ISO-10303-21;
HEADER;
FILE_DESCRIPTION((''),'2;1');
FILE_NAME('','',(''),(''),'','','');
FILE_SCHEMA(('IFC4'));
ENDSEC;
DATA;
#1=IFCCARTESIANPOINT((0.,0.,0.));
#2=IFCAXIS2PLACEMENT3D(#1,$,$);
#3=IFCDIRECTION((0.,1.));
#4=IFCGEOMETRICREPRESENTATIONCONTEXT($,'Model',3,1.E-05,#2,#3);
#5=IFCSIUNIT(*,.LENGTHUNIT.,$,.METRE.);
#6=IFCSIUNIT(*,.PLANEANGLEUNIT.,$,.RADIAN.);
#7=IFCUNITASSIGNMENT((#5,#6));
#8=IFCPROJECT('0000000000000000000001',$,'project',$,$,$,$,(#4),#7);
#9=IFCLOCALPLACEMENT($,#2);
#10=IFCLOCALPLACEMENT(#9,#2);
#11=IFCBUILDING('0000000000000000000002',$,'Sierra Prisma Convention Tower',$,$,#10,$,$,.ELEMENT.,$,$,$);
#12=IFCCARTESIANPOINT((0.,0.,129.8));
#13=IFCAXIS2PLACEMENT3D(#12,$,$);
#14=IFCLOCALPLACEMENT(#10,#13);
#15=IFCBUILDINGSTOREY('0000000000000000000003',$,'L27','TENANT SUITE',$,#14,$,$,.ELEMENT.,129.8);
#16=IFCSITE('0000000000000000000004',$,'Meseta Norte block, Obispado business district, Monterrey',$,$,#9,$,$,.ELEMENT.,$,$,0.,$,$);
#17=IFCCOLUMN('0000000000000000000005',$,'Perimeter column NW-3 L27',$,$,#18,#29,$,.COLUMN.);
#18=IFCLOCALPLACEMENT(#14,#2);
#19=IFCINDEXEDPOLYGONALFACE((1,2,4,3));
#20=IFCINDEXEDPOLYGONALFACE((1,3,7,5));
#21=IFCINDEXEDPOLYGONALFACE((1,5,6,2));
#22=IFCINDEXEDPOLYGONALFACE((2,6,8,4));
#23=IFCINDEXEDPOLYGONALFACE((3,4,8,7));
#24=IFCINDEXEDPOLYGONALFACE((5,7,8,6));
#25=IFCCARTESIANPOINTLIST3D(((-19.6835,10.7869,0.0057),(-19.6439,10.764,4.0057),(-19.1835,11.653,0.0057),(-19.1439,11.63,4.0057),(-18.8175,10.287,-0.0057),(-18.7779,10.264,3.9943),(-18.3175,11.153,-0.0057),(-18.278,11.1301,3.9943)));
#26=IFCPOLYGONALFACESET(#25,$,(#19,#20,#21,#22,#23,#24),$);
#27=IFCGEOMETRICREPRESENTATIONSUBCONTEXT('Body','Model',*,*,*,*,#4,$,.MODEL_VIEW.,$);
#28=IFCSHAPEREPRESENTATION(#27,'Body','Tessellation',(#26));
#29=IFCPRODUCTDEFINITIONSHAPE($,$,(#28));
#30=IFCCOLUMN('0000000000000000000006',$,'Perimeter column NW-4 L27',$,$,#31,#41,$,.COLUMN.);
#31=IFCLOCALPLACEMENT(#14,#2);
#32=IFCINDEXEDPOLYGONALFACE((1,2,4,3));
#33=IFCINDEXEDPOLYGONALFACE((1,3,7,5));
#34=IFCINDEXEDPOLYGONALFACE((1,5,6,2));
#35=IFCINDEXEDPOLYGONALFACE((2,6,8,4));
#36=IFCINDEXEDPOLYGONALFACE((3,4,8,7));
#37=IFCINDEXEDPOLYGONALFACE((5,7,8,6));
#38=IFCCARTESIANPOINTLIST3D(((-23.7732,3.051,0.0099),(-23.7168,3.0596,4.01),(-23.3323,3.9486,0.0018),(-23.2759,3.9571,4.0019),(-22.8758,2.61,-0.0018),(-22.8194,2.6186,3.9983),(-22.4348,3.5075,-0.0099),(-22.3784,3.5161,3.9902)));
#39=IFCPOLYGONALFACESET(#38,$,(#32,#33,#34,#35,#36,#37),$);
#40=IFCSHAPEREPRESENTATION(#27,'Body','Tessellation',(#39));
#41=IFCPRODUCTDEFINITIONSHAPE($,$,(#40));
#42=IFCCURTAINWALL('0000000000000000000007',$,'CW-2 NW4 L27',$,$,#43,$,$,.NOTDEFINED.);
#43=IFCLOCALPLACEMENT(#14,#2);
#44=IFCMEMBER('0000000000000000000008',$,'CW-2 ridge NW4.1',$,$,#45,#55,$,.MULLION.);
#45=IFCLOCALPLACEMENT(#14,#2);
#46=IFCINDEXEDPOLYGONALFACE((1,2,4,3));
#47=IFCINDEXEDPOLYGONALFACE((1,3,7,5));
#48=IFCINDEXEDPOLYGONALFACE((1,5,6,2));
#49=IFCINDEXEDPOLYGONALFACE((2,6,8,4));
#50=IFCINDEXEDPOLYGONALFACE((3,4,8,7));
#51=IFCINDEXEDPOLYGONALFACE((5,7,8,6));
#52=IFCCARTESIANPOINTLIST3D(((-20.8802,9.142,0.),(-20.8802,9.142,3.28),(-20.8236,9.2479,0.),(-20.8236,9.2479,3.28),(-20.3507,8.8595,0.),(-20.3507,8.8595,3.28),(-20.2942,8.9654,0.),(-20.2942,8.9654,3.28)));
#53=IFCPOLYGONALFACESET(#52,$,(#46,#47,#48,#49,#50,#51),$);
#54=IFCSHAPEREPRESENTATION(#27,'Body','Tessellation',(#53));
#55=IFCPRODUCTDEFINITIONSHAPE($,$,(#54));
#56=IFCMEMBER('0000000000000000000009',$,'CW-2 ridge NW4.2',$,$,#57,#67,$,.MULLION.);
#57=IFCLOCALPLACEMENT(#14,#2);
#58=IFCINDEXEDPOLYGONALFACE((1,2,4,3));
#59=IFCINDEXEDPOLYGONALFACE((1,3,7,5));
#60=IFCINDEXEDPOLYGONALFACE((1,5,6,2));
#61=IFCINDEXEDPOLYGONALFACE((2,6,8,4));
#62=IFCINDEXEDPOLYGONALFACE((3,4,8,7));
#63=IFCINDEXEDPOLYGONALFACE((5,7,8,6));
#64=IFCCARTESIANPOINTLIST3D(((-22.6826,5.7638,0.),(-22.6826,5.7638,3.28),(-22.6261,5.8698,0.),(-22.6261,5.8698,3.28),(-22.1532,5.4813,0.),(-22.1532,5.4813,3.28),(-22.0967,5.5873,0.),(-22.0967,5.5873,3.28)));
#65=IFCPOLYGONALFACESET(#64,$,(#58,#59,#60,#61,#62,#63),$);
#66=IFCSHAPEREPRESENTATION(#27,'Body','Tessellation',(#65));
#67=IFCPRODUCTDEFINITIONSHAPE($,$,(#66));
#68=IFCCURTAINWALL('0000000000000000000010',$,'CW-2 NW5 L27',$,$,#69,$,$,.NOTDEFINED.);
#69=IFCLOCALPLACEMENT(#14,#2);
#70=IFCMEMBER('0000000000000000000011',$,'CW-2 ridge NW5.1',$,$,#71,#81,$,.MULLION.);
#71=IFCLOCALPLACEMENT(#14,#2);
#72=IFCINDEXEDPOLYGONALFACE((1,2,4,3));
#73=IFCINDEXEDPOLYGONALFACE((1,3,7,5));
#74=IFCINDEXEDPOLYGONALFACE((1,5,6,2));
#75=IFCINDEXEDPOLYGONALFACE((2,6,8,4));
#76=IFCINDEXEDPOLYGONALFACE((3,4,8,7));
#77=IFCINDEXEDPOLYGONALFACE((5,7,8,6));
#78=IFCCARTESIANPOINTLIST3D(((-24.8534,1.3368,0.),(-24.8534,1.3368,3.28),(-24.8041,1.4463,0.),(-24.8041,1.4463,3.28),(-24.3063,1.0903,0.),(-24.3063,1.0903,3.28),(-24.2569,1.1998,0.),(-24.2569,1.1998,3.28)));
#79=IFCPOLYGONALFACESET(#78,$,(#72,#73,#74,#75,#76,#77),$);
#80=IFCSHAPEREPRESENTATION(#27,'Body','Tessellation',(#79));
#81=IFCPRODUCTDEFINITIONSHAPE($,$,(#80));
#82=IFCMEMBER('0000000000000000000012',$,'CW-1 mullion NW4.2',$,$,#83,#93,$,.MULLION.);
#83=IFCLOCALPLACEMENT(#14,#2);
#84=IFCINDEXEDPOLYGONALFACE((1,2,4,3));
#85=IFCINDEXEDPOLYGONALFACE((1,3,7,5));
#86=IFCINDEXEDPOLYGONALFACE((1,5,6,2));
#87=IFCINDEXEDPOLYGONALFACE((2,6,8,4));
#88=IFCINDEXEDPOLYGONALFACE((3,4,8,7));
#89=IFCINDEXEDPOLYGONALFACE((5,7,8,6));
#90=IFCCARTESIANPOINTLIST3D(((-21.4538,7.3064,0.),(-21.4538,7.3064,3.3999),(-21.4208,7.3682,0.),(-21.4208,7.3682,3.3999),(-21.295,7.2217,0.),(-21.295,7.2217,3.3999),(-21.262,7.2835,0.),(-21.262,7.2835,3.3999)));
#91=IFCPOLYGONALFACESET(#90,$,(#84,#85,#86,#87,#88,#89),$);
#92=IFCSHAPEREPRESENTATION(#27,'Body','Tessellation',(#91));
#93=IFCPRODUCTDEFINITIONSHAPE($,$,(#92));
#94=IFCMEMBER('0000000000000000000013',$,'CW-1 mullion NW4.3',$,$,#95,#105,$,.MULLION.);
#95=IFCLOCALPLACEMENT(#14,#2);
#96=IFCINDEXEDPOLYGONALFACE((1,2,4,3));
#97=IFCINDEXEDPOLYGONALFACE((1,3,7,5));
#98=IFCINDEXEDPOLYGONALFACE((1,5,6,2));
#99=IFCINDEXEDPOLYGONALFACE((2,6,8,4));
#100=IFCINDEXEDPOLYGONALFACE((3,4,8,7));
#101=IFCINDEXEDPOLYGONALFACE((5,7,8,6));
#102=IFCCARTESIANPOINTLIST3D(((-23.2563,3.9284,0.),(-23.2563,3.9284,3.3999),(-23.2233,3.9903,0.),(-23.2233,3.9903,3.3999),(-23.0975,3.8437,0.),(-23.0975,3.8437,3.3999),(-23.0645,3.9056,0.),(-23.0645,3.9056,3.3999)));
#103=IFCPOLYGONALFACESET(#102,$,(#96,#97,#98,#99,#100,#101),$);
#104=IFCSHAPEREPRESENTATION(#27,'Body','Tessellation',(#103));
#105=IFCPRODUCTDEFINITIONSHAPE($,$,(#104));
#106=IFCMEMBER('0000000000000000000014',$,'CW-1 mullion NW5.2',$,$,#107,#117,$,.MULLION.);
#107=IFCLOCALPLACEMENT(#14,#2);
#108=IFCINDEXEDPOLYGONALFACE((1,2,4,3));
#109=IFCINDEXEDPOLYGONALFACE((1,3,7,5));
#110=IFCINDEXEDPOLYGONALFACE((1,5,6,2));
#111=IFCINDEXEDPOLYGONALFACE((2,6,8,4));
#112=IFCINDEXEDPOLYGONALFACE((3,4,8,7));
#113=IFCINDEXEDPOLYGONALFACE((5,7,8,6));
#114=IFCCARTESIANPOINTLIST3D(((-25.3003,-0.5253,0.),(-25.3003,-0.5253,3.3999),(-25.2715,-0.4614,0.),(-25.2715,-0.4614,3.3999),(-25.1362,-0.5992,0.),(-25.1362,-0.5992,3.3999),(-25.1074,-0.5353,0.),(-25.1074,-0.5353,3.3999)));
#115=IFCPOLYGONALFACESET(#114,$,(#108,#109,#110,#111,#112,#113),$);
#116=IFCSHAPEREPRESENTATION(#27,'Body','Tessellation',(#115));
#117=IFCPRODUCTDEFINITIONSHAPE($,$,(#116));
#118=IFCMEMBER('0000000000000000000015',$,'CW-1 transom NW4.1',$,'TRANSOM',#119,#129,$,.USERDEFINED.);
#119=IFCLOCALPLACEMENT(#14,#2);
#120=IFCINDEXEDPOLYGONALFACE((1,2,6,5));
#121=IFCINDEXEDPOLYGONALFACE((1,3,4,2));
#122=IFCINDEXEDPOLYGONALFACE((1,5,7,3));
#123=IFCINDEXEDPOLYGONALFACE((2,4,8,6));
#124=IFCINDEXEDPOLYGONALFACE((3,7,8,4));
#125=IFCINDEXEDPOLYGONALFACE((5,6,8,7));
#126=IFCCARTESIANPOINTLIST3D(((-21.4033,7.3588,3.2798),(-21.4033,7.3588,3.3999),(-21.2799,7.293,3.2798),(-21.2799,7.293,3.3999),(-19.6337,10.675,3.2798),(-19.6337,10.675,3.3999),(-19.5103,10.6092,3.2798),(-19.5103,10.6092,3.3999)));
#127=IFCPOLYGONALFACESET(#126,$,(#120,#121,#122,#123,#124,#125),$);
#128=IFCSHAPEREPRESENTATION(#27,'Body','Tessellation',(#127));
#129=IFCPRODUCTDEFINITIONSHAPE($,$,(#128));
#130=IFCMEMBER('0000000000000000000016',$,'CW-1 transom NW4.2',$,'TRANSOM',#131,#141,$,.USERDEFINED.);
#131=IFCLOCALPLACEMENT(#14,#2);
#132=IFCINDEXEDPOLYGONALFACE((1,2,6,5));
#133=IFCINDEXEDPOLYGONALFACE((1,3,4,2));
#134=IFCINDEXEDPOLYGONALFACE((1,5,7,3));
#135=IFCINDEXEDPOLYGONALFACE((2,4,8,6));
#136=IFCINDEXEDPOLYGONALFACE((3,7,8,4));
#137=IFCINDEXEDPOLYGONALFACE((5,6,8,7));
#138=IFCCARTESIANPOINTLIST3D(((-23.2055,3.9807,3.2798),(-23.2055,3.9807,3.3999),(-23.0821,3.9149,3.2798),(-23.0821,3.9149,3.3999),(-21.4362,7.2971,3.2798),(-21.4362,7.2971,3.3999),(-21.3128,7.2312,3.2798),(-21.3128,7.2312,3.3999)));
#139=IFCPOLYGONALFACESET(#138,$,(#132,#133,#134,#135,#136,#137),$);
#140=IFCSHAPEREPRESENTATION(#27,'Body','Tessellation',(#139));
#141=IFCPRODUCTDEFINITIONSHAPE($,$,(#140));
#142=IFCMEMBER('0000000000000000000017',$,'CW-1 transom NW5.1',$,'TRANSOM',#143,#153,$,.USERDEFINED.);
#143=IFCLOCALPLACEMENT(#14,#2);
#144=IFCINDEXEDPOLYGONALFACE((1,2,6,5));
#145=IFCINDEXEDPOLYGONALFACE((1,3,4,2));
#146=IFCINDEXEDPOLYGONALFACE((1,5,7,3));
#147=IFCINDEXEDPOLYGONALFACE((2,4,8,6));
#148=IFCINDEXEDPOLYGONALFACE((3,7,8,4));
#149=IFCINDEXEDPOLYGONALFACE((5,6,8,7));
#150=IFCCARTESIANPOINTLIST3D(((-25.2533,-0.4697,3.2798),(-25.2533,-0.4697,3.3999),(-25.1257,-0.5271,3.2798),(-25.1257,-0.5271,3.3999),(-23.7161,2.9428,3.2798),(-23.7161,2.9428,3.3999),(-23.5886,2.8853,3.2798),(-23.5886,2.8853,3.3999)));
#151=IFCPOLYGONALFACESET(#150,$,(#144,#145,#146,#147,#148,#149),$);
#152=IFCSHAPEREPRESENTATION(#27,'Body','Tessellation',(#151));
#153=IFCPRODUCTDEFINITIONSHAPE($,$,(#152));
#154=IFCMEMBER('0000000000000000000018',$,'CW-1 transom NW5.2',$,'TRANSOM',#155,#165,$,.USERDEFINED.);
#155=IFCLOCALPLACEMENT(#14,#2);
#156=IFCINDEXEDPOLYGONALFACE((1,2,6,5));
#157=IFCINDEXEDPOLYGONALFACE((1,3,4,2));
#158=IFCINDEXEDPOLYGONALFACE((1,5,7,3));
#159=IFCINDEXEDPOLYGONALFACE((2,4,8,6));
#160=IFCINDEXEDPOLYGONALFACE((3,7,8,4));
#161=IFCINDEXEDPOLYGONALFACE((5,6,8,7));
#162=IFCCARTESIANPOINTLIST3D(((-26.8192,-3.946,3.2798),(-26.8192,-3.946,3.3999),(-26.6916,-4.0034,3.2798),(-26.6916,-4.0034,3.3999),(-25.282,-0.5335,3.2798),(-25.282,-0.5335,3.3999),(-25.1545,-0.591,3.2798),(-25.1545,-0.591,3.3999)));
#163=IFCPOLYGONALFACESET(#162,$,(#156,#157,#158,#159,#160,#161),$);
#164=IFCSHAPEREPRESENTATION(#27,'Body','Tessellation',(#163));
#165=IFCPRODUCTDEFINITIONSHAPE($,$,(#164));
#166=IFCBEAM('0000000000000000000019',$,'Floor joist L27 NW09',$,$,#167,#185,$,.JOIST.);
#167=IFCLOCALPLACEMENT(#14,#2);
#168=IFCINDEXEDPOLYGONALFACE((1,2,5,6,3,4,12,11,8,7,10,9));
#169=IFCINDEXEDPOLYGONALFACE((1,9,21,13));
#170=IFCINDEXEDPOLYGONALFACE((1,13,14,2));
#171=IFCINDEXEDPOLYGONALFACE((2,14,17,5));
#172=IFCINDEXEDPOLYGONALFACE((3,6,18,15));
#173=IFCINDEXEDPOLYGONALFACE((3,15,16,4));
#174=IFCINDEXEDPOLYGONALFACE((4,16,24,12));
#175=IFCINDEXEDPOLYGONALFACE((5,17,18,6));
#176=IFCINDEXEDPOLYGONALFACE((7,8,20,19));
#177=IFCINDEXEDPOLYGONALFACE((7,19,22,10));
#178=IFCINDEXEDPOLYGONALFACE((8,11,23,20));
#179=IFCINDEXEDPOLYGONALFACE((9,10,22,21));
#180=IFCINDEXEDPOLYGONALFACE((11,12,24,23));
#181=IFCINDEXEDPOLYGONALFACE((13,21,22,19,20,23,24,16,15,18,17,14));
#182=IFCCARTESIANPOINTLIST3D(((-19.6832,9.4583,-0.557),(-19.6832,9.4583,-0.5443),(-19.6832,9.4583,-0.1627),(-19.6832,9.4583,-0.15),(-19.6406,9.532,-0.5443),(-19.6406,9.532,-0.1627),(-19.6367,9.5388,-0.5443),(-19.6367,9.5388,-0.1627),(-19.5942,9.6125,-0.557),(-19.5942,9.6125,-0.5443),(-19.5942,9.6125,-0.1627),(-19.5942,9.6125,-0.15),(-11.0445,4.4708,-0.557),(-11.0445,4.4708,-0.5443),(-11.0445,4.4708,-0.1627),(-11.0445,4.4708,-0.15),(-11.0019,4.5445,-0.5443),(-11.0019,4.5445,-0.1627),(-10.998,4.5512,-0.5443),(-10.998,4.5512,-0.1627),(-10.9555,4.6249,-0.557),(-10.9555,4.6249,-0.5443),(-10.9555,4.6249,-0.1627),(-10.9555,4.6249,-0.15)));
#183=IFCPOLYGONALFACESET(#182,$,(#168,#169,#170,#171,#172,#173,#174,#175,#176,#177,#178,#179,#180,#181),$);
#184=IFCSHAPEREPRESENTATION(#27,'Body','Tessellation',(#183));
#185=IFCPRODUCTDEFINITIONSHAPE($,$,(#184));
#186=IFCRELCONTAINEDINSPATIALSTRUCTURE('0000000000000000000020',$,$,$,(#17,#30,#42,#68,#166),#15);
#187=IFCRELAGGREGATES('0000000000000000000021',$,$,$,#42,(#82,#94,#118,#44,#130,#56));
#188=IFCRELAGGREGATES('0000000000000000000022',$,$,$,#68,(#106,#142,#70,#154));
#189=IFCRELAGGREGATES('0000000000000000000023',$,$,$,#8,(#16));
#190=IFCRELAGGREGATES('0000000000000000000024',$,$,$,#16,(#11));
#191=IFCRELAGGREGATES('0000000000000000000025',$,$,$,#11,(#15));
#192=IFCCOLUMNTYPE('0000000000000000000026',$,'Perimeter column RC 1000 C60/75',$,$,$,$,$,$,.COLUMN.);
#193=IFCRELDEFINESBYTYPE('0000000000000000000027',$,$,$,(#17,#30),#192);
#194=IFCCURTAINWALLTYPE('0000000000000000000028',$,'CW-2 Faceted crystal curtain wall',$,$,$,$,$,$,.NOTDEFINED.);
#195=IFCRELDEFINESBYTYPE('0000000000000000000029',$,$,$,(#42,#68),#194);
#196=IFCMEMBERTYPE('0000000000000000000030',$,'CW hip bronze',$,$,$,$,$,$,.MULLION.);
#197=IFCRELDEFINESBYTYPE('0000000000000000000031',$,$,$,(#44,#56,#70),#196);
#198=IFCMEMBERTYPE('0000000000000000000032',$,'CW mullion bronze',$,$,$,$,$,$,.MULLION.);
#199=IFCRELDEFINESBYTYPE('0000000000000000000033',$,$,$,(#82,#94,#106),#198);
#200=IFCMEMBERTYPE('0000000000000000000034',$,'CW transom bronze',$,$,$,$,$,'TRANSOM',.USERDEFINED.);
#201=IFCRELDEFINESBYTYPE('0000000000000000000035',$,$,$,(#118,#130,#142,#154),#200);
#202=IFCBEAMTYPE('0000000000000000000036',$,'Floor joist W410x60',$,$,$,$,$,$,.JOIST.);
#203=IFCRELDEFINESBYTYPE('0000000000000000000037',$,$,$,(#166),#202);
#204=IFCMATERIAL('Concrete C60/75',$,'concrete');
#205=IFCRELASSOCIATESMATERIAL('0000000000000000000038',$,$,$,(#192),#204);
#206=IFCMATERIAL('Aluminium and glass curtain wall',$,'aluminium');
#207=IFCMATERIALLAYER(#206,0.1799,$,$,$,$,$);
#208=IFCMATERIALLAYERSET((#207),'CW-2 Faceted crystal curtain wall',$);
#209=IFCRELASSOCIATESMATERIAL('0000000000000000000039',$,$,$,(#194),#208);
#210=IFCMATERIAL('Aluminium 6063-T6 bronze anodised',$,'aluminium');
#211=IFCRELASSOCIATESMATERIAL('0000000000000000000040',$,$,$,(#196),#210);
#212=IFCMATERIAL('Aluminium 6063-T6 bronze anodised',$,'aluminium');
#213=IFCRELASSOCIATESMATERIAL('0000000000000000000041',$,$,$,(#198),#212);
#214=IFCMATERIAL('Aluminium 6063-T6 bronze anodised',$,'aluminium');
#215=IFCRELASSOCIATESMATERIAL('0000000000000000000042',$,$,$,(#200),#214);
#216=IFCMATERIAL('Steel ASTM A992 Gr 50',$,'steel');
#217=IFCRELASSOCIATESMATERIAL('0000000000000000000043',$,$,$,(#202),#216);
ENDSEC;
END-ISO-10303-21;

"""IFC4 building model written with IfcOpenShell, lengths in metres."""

from ifc_helpers import new_model, si_unit, direction, frame, origin, origin_2d, place, context, subcontext, project, spatial, rectangle, i_section, extrude, material, layer, layer_set, material_profile, profile_set, type_object, element, aggregate, save


model = new_model("IFC4")

# Units and contexts
model_context = context("Model", 3, precision=1e-05, world=origin(), true_north=direction((0.0, 1.0)))
body_context = subcontext(model_context, "Body", "Model", "MODEL_VIEW")
ifc_project = project(units=[si_unit("LENGTHUNIT", "METRE"), si_unit("PLANEANGLEUNIT", "RADIAN")], contexts=[model_context])

# Site, building, storey
site_placement = place(None, origin())
site = spatial("IfcSite", under=ifc_project, at=site_placement, Name="Meseta Norte block, Obispado business district, Monterrey", CompositionType="ELEMENT", RefElevation=0.0)
building_placement = place(site_placement, origin())
building = spatial("IfcBuilding", under=site, at=building_placement, Name="Sierra Prisma Convention Tower", CompositionType="ELEMENT")
storey_placement = place(building_placement, frame((0.0, 0.0, 129.8)))
storey = spatial("IfcBuildingStorey", under=building, at=storey_placement, Name="L27", Description="TENANT SUITE", CompositionType="ELEMENT", Elevation=129.8)

# Columns
ifc_material_1 = material(Name="Concrete C60/75", Category="concrete")
ifc_material_profile_1 = material_profile(ifc_material_1, rectangle(XDim=1.0, YDim=1.0, at=origin_2d()), Name="Perimeter column RC 1000 C60/75")
ifc_profile_set_1 = profile_set([ifc_material_profile_1], Name="Concrete C60/75")
column_type = type_object("IfcColumnType", Name="Perimeter column RC 1000 C60/75", PredefinedType="COLUMN", material=ifc_profile_set_1)
column_1_placement = place(storey_placement, frame((-19.0005, 10.97, 0.0), z_axis=(0.009887, -0.005737, 0.999935), x_axis=(0.499976, 0.86604, 0.000025)))
element("IfcColumn", 1, at=column_1_placement, inside=storey, type_object=column_type, Name="Perimeter column NW-3 L27", PredefinedType="COLUMN", context=body_context, shape_type="SweptSolid", body=[
    extrude(rectangle(XDim=1.0, YDim=1.0, at=origin_2d()), origin(), (0.0, 0.0, 1.0), 4.0002),
])
column_2_placement = place(storey_placement, frame((-23.104, 3.2793, 0.0), z_axis=(0.014098, 0.002136, 0.999898), x_axis=(0.440934, 0.897503, -0.008134)))
element("IfcColumn", 2, at=column_2_placement, inside=storey, type_object=column_type, Name="Perimeter column NW-4 L27", PredefinedType="COLUMN", context=body_context, shape_type="SweptSolid", body=[
    extrude(rectangle(XDim=1.0, YDim=1.0, at=origin_2d()), origin(), (0.0, 0.0, 1.0), 4.0005),
])

# Curtain wall, members
ifc_material_2 = material(Name="Aluminium and glass curtain wall", Category="aluminium")
ifc_layer_1 = layer(ifc_material_2, 0.1799)
ifc_layer_set_1 = layer_set([ifc_layer_1], Name="CW-2 Faceted crystal curtain wall")
curtain_wall_type = type_object("IfcCurtainWallType", Name="CW-2 Faceted crystal curtain wall", PredefinedType="NOTDEFINED", material=ifc_layer_set_1)
curtain_wall_1_placement = place(storey_placement, origin())
curtain_wall_1 = element("IfcCurtainWall", 3, at=curtain_wall_1_placement, inside=storey, type_object=curtain_wall_type, Name="CW-2 NW4 L27", PredefinedType="NOTDEFINED")
ifc_material_3 = material(Name="Aluminium 6063-T6 bronze anodised", Category="aluminium")
ifc_material_profile_2 = material_profile(ifc_material_3, rectangle(XDim=0.1201, YDim=0.6001, at=origin_2d()), Name="ALU RIDGE BLADE 120x600")
ifc_profile_set_2 = profile_set([ifc_material_profile_2], Name="Aluminium 6063-T6 bronze anodised")
member_type_1 = type_object("IfcMemberType", Name="CW hip bronze", PredefinedType="MULLION", material=ifc_profile_set_2)
member_1_placement = place(storey_placement, frame((-20.5872, 9.0537, 0.0), z_axis=(0.0, 0.0, 1.0), x_axis=(-0.470752, -0.882265, 0.0)))
member_1 = element("IfcMember", 4, at=member_1_placement, type_object=member_type_1, Name="CW-2 ridge NW4.1", PredefinedType="MULLION", context=body_context, shape_type="SweptSolid", body=[
    extrude(rectangle(XDim=0.1201, YDim=0.6001, at=origin_2d()), origin(), (0.0, 0.0, 1.0), 3.28),
])
member_2_placement = place(storey_placement, frame((-22.3896, 5.6755, 0.0), z_axis=(0.0, 0.0, 1.0), x_axis=(-0.470752, -0.882265, 0.0)))
member_2 = element("IfcMember", 5, at=member_2_placement, type_object=member_type_1, Name="CW-2 ridge NW4.2", PredefinedType="MULLION", context=body_context, shape_type="SweptSolid", body=[
    extrude(rectangle(XDim=0.1201, YDim=0.6001, at=origin_2d()), origin(), (0.0, 0.0, 1.0), 3.28),
])

# Curtain wall, member
curtain_wall_2_placement = place(storey_placement, origin())
curtain_wall_2 = element("IfcCurtainWall", 6, at=curtain_wall_2_placement, inside=storey, type_object=curtain_wall_type, Name="CW-2 NW5 L27", PredefinedType="NOTDEFINED")
member_3_placement = place(storey_placement, frame((-24.5552, 1.2683, 0.0), z_axis=(0.0, 0.0, 1.0), x_axis=(-0.410709, -0.911766, 0.0)))
member_3 = element("IfcMember", 7, at=member_3_placement, type_object=member_type_1, Name="CW-2 ridge NW5.1", PredefinedType="MULLION", context=body_context, shape_type="SweptSolid", body=[
    extrude(rectangle(XDim=0.1201, YDim=0.6001, at=origin_2d()), origin(), (0.0, 0.0, 1.0), 3.28),
])

# Members
ifc_material_4 = material(Name="Aluminium 6063-T6 bronze anodised", Category="aluminium")
ifc_material_profile_3 = material_profile(ifc_material_4, rectangle(XDim=0.1799, YDim=0.0701, at=origin_2d()), Name="ALU MULLION 70x180")
ifc_profile_set_3 = profile_set([ifc_material_profile_3], Name="Aluminium 6063-T6 bronze anodised")
member_type_2 = type_object("IfcMemberType", Name="CW mullion bronze", PredefinedType="MULLION", material=ifc_profile_set_3)
member_4_placement = place(storey_placement, frame((-21.3579, 7.2949, 0.0), z_axis=(0.0, 0.0, 1.0), x_axis=(0.882265, -0.470752, 0.0)))
member_4 = element("IfcMember", 8, at=member_4_placement, type_object=member_type_2, Name="CW-1 mullion NW4.2", PredefinedType="MULLION", context=body_context, shape_type="SweptSolid", body=[
    extrude(rectangle(XDim=0.1799, YDim=0.0701, at=origin_2d()), origin(), (0.0, 0.0, 1.0), 3.3999),
])
member_5_placement = place(storey_placement, frame((-23.1604, 3.917, 0.0), z_axis=(0.0, 0.0, 1.0), x_axis=(0.882265, -0.470752, 0.0)))
member_5 = element("IfcMember", 9, at=member_5_placement, type_object=member_type_2, Name="CW-1 mullion NW4.3", PredefinedType="MULLION", context=body_context, shape_type="SweptSolid", body=[
    extrude(rectangle(XDim=0.1799, YDim=0.0701, at=origin_2d()), origin(), (0.0, 0.0, 1.0), 3.3999),
])
member_6_placement = place(storey_placement, frame((-25.2039, -0.5303, 0.0), z_axis=(0.0, 0.0, 1.0), x_axis=(0.911766, -0.410709, 0.0)))
member_6 = element("IfcMember", 10, at=member_6_placement, type_object=member_type_2, Name="CW-1 mullion NW5.2", PredefinedType="MULLION", context=body_context, shape_type="SweptSolid", body=[
    extrude(rectangle(XDim=0.1799, YDim=0.0701, at=origin_2d()), origin(), (0.0, 0.0, 1.0), 3.3999),
])
ifc_material_5 = material(Name="Aluminium 6063-T6 bronze anodised", Category="aluminium")
ifc_material_profile_4 = material_profile(ifc_material_5, rectangle(XDim=0.1399, YDim=0.1201, at=origin_2d()), Name="ALU TRANSOM 120x140")
ifc_profile_set_4 = profile_set([ifc_material_profile_4], Name="Aluminium 6063-T6 bronze anodised")
member_type_3 = type_object("IfcMemberType", Name="CW transom bronze", ElementType="TRANSOM", PredefinedType="USERDEFINED", material=ifc_profile_set_4)
member_7_placement = place(storey_placement, frame((-19.572, 10.6421, 3.3398), z_axis=(-0.470777, -0.882252, 0.0), x_axis=(0.882252, -0.470777, 0.0)))
member_7 = element("IfcMember", 11, at=member_7_placement, type_object=member_type_3, Name="CW-1 transom NW4.1", ObjectType="TRANSOM", PredefinedType="USERDEFINED", context=body_context, shape_type="SweptSolid", body=[
    extrude(rectangle(XDim=0.1399, YDim=0.1201, at=origin_2d()), origin(), (0.0, 0.0, 1.0), 3.7588),
])
member_8_placement = place(storey_placement, frame((-21.3745, 7.2642, 3.3398), z_axis=(-0.470699, -0.882294, 0.0), x_axis=(0.882294, -0.470699, 0.0)))
member_8 = element("IfcMember", 12, at=member_8_placement, type_object=member_type_3, Name="CW-1 transom NW4.2", ObjectType="TRANSOM", PredefinedType="USERDEFINED", context=body_context, shape_type="SweptSolid", body=[
    extrude(rectangle(XDim=0.1399, YDim=0.1201, at=origin_2d()), origin(), (0.0, 0.0, 1.0), 3.7588),
])
member_9_placement = place(storey_placement, frame((-23.6523, 2.9141, 3.3398), z_axis=(-0.410709, -0.911766, 0.0), x_axis=(0.911766, -0.410709, 0.0)))
member_9 = element("IfcMember", 13, at=member_9_placement, type_object=member_type_3, Name="CW-1 transom NW5.1", ObjectType="TRANSOM", PredefinedType="USERDEFINED", context=body_context, shape_type="SweptSolid", body=[
    extrude(rectangle(XDim=0.1399, YDim=0.1201, at=origin_2d()), origin(), (0.0, 0.0, 1.0), 3.7427),
])
member_10_placement = place(storey_placement, frame((-25.2183, -0.5623, 3.3398), z_axis=(-0.410709, -0.911766, 0.0), x_axis=(0.911766, -0.410709, 0.0)))
member_10 = element("IfcMember", 14, at=member_10_placement, type_object=member_type_3, Name="CW-1 transom NW5.2", ObjectType="TRANSOM", PredefinedType="USERDEFINED", context=body_context, shape_type="SweptSolid", body=[
    extrude(rectangle(XDim=0.1399, YDim=0.1201, at=origin_2d()), origin(), (0.0, 0.0, 1.0), 3.7427),
])

# Beam
ifc_material_6 = material(Name="Steel ASTM A992 Gr 50", Category="steel")
ifc_material_profile_5 = material_profile(ifc_material_6, i_section(OverallWidth=0.178, OverallDepth=0.407, WebThickness=0.0078, FlangeThickness=0.0127, at=origin_2d()), Name="W410x60")
ifc_profile_set_5 = profile_set([ifc_material_profile_5], Name="Steel ASTM A992 Gr 50")
beam_type_1 = type_object("IfcBeamType", Name="Floor joist W410x60", PredefinedType="JOIST", material=ifc_profile_set_5)
beam_1_placement = place(storey_placement, frame((-19.6387, 9.5354, -0.3535), z_axis=(0.866025, -0.500001, 0.0), x_axis=(0.500001, 0.866025, 0.0)))
element("IfcBeam", 15, at=beam_1_placement, inside=storey, type_object=beam_type_1, Name="Floor joist L27 NW09", PredefinedType="JOIST", context=body_context, shape_type="SweptSolid", body=[
    extrude(i_section(OverallWidth=0.178, OverallDepth=0.407, WebThickness=0.0078, FlangeThickness=0.0127, at=origin_2d()), origin(), (0.0, 0.0, 1.0), 9.9751),
])

aggregate(curtain_wall_1, [member_4, member_5, member_7, member_1, member_8, member_2])
aggregate(curtain_wall_2, [member_6, member_9, member_3, member_10])

save(model, "model.ifc")
